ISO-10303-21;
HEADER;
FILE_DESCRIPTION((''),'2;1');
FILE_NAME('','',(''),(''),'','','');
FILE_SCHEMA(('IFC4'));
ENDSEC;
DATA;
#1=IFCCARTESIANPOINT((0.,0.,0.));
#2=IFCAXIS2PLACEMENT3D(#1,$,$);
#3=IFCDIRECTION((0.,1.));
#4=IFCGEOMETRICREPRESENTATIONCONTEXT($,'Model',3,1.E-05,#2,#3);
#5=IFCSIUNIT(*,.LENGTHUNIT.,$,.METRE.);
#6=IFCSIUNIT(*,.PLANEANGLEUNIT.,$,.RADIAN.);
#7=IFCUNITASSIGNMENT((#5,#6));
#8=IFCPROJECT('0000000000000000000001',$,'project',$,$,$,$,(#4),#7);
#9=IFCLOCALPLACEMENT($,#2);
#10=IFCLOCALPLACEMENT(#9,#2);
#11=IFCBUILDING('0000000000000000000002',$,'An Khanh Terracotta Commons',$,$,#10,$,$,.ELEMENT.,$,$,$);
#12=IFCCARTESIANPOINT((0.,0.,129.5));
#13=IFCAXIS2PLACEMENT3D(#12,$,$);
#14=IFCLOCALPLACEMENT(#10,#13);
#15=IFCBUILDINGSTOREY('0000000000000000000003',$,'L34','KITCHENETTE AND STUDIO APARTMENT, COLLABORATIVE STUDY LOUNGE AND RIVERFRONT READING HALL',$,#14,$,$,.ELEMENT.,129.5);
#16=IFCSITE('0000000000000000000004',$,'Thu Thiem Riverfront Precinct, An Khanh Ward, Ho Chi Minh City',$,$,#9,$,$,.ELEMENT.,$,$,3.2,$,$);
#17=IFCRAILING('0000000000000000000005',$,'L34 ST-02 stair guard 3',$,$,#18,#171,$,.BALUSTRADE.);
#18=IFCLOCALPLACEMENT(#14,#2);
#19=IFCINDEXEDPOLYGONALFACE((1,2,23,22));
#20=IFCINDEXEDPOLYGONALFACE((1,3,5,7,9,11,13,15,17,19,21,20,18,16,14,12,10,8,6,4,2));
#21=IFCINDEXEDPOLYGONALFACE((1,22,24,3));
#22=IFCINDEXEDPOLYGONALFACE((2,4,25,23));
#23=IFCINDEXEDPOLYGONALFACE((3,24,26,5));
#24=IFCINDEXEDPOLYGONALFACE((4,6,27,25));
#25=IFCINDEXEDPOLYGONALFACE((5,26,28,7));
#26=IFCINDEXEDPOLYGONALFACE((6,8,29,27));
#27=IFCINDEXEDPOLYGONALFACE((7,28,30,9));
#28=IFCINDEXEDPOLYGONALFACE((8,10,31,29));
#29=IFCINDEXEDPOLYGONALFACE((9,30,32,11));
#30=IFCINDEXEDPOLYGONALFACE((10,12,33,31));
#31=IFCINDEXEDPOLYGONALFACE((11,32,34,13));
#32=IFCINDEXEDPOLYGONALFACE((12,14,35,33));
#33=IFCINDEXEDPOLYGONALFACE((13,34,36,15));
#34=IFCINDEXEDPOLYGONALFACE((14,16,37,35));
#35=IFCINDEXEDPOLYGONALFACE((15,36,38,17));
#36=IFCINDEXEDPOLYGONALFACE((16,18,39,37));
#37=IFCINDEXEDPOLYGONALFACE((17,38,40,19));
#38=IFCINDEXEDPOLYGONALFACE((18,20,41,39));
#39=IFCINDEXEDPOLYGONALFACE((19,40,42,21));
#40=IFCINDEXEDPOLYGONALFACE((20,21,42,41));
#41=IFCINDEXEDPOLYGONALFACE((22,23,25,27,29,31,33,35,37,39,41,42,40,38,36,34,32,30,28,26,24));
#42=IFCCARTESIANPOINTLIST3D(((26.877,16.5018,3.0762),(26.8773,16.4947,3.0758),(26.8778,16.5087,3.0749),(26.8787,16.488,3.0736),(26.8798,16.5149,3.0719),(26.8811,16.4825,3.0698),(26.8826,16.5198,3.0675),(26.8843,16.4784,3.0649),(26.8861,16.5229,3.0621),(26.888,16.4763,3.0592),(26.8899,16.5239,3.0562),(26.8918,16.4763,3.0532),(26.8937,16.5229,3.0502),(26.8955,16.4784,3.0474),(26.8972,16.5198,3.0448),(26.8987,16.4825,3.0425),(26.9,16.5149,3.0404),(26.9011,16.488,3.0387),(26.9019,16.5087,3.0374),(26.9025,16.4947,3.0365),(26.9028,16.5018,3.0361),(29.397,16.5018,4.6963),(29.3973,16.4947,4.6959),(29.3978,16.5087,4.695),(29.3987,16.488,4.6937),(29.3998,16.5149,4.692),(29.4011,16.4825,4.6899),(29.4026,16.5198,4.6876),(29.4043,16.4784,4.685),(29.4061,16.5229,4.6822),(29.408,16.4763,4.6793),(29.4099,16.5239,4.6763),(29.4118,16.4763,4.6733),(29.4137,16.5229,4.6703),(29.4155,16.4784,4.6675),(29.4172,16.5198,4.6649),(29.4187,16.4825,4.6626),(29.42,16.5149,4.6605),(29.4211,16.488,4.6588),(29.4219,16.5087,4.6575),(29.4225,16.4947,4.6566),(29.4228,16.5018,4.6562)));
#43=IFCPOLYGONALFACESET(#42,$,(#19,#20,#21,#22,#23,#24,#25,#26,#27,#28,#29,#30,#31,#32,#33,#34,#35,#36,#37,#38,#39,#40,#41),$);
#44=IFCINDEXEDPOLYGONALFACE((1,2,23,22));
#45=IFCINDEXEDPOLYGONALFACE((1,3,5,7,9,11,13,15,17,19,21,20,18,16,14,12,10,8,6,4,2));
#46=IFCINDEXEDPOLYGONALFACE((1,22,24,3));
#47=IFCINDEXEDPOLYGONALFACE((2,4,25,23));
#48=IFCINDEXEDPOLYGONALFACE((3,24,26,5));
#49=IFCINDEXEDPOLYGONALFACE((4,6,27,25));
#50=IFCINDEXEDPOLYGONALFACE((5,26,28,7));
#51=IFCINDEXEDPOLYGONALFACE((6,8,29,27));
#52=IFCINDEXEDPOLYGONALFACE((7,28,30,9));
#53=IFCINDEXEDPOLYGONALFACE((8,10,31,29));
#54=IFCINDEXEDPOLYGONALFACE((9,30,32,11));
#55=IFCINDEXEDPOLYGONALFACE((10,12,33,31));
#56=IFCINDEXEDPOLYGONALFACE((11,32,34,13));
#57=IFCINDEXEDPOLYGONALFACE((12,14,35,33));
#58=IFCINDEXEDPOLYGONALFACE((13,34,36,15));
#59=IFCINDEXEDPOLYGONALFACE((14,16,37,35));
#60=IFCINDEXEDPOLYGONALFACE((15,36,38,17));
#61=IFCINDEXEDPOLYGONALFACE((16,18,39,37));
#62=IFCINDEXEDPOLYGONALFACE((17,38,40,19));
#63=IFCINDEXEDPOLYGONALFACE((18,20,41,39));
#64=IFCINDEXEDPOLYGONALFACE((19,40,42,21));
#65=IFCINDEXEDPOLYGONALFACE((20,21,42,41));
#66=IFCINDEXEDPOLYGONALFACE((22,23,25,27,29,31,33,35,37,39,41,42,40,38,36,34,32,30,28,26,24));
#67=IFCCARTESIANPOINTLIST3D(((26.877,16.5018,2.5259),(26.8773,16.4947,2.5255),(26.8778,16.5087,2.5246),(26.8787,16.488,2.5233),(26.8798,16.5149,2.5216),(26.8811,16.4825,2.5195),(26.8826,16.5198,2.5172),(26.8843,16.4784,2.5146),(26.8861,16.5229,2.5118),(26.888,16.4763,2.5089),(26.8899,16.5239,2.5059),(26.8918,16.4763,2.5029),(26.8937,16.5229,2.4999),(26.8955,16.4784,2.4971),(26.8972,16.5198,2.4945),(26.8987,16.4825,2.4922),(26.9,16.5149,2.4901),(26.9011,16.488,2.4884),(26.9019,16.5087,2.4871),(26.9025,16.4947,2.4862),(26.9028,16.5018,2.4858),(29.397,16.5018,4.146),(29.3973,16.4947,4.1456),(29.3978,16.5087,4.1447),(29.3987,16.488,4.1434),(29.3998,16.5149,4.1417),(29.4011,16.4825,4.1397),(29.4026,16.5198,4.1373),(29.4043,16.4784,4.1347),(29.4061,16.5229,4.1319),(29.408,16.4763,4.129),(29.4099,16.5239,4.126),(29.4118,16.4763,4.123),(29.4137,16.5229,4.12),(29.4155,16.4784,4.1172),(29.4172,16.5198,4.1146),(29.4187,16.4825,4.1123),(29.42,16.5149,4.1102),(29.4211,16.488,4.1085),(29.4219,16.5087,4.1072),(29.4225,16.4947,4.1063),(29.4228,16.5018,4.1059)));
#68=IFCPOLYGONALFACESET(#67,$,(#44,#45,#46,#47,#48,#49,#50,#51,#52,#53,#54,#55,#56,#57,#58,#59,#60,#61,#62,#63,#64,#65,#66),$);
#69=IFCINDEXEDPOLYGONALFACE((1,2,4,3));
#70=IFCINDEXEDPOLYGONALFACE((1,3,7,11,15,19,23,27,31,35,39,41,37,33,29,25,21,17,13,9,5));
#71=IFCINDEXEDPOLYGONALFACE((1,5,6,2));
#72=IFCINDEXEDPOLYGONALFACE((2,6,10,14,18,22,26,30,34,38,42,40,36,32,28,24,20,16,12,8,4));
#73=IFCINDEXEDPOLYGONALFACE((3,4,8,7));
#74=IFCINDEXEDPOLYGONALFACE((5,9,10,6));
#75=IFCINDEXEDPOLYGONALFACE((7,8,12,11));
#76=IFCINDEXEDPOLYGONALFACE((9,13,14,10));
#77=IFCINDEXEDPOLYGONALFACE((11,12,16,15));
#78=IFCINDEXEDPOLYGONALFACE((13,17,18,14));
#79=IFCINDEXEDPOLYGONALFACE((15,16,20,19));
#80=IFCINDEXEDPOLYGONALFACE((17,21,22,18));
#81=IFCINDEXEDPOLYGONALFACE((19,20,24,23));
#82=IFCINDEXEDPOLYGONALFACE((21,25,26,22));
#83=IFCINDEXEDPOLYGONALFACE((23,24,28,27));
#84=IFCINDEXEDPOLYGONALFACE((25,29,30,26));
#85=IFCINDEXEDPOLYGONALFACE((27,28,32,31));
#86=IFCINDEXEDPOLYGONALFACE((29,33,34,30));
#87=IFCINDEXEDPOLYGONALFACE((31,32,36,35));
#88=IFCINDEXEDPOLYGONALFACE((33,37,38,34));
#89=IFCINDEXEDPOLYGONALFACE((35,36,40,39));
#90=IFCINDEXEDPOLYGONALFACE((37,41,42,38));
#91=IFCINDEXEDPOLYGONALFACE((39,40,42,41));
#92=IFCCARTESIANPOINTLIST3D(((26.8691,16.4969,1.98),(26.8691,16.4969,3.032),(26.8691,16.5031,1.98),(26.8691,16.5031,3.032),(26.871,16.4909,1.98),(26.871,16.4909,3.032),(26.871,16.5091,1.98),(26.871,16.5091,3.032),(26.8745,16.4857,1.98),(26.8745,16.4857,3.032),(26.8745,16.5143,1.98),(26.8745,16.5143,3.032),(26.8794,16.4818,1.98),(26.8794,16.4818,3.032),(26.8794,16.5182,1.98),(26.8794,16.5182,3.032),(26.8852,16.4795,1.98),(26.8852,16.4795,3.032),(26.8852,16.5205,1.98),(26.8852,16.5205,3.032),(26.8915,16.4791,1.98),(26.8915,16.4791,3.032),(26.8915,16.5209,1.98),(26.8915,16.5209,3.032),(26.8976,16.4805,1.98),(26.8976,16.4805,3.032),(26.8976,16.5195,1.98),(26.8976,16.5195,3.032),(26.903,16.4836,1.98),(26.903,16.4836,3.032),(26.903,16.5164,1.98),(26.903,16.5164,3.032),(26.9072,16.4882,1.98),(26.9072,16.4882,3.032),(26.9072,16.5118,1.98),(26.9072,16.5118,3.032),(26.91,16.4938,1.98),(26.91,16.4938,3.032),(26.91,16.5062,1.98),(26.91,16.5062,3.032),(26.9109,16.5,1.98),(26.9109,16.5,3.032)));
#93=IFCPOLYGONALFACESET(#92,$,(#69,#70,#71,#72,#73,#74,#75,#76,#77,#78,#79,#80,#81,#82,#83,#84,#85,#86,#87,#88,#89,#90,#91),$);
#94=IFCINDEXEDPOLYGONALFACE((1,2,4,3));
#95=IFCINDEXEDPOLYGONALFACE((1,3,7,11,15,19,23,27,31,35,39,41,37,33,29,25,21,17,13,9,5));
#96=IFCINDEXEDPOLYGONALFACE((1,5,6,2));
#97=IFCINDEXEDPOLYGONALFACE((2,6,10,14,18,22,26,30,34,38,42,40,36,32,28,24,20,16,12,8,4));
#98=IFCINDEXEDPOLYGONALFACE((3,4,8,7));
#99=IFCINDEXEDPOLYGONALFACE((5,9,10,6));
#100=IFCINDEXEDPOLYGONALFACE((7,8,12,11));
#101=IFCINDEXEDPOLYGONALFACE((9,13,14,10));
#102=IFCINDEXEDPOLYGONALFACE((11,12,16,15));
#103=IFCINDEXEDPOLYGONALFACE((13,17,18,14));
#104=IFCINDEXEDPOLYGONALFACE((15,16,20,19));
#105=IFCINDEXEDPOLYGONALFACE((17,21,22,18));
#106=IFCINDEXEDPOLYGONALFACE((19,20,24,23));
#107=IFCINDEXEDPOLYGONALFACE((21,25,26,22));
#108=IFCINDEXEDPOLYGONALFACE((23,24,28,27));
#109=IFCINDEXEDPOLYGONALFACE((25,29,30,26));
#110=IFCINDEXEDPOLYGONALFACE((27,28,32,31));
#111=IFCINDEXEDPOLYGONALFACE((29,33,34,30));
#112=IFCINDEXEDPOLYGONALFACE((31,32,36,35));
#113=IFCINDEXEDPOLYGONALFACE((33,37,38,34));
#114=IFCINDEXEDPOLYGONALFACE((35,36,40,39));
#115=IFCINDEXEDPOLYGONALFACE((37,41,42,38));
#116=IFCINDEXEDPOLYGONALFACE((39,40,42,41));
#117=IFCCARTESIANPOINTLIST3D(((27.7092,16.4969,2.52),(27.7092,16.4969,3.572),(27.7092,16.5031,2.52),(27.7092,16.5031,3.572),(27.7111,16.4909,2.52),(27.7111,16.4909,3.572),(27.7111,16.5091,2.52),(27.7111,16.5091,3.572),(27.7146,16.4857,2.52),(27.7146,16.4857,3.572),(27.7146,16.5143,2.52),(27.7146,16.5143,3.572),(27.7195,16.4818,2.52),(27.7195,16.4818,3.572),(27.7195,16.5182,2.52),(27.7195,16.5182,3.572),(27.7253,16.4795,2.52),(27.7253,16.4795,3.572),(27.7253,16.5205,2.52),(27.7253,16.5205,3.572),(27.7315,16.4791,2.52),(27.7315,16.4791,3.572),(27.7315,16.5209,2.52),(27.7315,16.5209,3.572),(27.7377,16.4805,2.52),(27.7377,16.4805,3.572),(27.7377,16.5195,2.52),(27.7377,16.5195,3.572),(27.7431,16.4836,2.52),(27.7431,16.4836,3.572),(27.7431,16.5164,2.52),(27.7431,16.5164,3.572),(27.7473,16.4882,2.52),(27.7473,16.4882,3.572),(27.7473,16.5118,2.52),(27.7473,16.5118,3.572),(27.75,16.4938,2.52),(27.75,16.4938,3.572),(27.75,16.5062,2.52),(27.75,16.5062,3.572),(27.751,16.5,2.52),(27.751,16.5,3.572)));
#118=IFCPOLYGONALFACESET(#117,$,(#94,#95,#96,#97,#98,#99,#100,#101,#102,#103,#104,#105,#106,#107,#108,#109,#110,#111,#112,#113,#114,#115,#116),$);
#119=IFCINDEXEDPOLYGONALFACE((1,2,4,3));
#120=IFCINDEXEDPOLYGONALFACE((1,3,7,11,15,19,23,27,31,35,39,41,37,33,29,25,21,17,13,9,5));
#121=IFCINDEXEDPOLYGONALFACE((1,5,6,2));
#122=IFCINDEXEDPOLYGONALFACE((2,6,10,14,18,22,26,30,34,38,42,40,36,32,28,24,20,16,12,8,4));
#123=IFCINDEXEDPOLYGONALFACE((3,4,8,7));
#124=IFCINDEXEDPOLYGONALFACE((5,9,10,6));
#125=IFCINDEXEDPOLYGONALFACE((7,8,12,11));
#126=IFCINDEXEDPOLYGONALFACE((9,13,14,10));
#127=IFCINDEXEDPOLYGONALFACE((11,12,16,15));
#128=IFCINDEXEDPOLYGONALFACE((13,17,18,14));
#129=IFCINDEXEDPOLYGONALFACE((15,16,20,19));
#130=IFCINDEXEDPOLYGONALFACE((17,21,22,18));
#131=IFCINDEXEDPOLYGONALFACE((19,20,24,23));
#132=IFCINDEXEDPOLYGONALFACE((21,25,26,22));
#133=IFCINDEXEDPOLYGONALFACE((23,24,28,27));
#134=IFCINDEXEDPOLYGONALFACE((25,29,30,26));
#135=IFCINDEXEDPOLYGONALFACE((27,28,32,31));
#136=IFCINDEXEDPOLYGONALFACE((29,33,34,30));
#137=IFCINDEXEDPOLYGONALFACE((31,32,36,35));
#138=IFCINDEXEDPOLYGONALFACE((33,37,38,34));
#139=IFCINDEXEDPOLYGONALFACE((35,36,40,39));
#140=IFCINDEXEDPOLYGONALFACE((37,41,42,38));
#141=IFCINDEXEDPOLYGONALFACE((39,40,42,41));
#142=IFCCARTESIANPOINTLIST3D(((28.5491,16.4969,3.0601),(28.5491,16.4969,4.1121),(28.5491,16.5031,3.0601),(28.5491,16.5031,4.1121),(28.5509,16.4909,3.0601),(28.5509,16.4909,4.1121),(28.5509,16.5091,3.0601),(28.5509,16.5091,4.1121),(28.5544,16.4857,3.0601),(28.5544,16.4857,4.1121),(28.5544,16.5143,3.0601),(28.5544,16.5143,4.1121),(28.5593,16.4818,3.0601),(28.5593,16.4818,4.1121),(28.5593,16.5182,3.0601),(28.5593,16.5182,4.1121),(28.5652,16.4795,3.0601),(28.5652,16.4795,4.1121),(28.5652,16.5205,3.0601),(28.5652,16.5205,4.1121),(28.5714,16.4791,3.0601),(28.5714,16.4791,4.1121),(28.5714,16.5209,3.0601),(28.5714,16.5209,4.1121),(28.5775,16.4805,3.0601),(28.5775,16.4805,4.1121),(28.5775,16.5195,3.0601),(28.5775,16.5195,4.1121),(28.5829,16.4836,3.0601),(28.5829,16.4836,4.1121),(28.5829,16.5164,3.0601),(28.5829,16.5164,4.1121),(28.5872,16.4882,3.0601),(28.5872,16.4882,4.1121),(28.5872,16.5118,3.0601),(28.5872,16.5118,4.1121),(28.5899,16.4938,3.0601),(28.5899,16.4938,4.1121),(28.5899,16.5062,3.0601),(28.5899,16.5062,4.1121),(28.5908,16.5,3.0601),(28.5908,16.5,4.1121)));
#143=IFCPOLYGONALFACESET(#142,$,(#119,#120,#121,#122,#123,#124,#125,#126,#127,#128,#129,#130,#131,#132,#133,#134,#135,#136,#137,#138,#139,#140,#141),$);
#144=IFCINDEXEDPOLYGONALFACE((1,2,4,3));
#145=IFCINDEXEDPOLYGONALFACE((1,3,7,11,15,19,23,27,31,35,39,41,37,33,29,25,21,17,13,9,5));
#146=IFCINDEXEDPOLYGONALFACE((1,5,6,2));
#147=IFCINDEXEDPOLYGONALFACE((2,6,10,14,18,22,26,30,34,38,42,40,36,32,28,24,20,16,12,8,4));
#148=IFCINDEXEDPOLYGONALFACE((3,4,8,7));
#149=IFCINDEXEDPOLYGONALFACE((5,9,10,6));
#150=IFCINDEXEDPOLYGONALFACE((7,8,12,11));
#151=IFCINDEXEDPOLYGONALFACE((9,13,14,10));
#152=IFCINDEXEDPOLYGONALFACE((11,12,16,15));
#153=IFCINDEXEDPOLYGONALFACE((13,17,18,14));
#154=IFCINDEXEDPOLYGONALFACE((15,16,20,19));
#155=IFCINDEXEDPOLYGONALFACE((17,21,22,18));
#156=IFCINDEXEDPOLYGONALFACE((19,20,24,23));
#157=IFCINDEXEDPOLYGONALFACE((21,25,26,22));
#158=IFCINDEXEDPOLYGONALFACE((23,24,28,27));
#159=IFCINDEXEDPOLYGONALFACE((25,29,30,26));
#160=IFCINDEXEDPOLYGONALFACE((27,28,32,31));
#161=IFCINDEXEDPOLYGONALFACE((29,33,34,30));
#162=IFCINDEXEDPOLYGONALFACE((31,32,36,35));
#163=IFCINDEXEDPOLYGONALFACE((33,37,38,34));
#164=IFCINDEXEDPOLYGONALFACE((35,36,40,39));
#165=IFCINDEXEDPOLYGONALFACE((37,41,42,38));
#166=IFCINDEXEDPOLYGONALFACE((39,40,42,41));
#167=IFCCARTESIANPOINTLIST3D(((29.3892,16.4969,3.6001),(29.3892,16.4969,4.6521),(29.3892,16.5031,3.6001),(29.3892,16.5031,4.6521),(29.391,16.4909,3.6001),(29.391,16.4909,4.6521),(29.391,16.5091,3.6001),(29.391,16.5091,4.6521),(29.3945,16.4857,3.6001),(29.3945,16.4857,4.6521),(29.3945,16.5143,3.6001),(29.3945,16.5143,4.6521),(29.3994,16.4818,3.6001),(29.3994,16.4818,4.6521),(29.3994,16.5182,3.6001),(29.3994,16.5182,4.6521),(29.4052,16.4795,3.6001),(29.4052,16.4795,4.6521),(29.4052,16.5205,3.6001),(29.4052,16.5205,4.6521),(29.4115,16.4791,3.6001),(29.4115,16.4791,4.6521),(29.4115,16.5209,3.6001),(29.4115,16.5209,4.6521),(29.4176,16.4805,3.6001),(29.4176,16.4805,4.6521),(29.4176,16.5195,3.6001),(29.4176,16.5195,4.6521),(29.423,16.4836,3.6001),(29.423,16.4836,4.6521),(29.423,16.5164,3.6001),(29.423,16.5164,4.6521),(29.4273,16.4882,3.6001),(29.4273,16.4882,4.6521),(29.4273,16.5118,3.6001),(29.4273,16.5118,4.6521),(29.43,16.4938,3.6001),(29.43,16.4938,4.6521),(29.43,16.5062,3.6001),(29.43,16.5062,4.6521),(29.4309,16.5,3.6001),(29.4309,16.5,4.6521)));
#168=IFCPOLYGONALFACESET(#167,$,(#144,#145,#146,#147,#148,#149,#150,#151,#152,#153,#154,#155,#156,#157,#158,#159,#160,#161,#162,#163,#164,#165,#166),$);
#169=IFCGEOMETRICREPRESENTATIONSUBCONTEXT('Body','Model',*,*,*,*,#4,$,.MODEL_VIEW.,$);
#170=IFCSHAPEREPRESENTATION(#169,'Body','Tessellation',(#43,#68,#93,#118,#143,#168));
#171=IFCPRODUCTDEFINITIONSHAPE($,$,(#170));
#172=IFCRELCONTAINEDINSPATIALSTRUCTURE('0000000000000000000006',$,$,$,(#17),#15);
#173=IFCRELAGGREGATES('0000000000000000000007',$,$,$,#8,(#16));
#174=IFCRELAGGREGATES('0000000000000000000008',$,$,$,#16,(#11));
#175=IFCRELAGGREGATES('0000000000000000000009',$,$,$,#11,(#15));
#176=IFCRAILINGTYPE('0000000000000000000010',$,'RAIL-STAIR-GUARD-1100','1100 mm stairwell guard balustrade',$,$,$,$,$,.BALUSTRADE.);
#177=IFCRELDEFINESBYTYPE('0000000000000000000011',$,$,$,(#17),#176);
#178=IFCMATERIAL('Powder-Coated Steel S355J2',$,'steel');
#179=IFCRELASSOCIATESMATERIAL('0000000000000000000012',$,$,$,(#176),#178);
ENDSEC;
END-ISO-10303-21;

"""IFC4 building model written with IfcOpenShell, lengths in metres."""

from ifc_helpers import new_model, si_unit, direction, frame, origin, origin_2d, place, context, subcontext, project, spatial, circle, extrude, material, type_object, element, save


model = new_model("IFC4")

# Units and contexts
model_context = context("Model", 3, precision=1e-05, world=origin(), true_north=direction((0.0, 1.0)))
body_context = subcontext(model_context, "Body", "Model", "MODEL_VIEW")
ifc_project = project(units=[si_unit("LENGTHUNIT", "METRE"), si_unit("PLANEANGLEUNIT", "RADIAN")], contexts=[model_context])

# Site, building, storey
site_placement = place(None, origin())
site = spatial("IfcSite", under=ifc_project, at=site_placement, Name="Thu Thiem Riverfront Precinct, An Khanh Ward, Ho Chi Minh City", CompositionType="ELEMENT", RefElevation=3.2)
building_placement = place(site_placement, origin())
building = spatial("IfcBuilding", under=site, at=building_placement, Name="An Khanh Terracotta Commons", CompositionType="ELEMENT")
storey_placement = place(building_placement, frame((0.0, 0.0, 129.5)))
storey = spatial("IfcBuildingStorey", under=building, at=storey_placement, Name="L34", Description="KITCHENETTE AND STUDIO APARTMENT, COLLABORATIVE STUDY LOUNGE AND RIVERFRONT READING HALL", CompositionType="ELEMENT", Elevation=129.5)

# Railing
ifc_material_1 = material(Name="Powder-Coated Steel S355J2", Category="steel")
railing_type_1 = type_object("IfcRailingType", Name="RAIL-STAIR-GUARD-1100", Description="1100 mm stairwell guard balustrade", PredefinedType="BALUSTRADE", material=ifc_material_1)
railing_1_placement = place(storey_placement, frame((26.8899, 16.5, 1.98)))
element("IfcRailing", 1, at=railing_1_placement, inside=storey, type_object=railing_type_1, Name="L34 ST-02 stair guard 3", PredefinedType="BALUSTRADE", context=body_context, shape_type="SweptSolid", body=[
    extrude(circle(Radius=0.0239, at=origin_2d()), frame((0.0, 0.0, 1.0762), z_axis=(0.841163, 0.0, 0.540782), x_axis=(0.0, 1.0, 0.0)), (0.0, 0.0, 1.0), 2.9958),
    extrude(circle(Radius=0.0239, at=origin_2d()), frame((0.0, 0.0, 0.5259), z_axis=(0.841163, 0.0, 0.540782), x_axis=(0.0, 1.0, 0.0)), (0.0, 0.0, 1.0), 2.9958),
    extrude(circle(Radius=0.021, at=origin_2d()), origin(), (0.0, 0.0, 1.0), 1.052),
    extrude(circle(Radius=0.021, at=origin_2d()), frame((0.8401, 0.0, 0.54)), (0.0, 0.0, 1.0), 1.052),
    extrude(circle(Radius=0.021, at=origin_2d()), frame((1.6799, 0.0, 1.0801)), (0.0, 0.0, 1.0), 1.052),
    extrude(circle(Radius=0.021, at=origin_2d()), frame((2.52, 0.0, 1.6201)), (0.0, 0.0, 1.0), 1.052),
])

save(model, "model.ifc")
